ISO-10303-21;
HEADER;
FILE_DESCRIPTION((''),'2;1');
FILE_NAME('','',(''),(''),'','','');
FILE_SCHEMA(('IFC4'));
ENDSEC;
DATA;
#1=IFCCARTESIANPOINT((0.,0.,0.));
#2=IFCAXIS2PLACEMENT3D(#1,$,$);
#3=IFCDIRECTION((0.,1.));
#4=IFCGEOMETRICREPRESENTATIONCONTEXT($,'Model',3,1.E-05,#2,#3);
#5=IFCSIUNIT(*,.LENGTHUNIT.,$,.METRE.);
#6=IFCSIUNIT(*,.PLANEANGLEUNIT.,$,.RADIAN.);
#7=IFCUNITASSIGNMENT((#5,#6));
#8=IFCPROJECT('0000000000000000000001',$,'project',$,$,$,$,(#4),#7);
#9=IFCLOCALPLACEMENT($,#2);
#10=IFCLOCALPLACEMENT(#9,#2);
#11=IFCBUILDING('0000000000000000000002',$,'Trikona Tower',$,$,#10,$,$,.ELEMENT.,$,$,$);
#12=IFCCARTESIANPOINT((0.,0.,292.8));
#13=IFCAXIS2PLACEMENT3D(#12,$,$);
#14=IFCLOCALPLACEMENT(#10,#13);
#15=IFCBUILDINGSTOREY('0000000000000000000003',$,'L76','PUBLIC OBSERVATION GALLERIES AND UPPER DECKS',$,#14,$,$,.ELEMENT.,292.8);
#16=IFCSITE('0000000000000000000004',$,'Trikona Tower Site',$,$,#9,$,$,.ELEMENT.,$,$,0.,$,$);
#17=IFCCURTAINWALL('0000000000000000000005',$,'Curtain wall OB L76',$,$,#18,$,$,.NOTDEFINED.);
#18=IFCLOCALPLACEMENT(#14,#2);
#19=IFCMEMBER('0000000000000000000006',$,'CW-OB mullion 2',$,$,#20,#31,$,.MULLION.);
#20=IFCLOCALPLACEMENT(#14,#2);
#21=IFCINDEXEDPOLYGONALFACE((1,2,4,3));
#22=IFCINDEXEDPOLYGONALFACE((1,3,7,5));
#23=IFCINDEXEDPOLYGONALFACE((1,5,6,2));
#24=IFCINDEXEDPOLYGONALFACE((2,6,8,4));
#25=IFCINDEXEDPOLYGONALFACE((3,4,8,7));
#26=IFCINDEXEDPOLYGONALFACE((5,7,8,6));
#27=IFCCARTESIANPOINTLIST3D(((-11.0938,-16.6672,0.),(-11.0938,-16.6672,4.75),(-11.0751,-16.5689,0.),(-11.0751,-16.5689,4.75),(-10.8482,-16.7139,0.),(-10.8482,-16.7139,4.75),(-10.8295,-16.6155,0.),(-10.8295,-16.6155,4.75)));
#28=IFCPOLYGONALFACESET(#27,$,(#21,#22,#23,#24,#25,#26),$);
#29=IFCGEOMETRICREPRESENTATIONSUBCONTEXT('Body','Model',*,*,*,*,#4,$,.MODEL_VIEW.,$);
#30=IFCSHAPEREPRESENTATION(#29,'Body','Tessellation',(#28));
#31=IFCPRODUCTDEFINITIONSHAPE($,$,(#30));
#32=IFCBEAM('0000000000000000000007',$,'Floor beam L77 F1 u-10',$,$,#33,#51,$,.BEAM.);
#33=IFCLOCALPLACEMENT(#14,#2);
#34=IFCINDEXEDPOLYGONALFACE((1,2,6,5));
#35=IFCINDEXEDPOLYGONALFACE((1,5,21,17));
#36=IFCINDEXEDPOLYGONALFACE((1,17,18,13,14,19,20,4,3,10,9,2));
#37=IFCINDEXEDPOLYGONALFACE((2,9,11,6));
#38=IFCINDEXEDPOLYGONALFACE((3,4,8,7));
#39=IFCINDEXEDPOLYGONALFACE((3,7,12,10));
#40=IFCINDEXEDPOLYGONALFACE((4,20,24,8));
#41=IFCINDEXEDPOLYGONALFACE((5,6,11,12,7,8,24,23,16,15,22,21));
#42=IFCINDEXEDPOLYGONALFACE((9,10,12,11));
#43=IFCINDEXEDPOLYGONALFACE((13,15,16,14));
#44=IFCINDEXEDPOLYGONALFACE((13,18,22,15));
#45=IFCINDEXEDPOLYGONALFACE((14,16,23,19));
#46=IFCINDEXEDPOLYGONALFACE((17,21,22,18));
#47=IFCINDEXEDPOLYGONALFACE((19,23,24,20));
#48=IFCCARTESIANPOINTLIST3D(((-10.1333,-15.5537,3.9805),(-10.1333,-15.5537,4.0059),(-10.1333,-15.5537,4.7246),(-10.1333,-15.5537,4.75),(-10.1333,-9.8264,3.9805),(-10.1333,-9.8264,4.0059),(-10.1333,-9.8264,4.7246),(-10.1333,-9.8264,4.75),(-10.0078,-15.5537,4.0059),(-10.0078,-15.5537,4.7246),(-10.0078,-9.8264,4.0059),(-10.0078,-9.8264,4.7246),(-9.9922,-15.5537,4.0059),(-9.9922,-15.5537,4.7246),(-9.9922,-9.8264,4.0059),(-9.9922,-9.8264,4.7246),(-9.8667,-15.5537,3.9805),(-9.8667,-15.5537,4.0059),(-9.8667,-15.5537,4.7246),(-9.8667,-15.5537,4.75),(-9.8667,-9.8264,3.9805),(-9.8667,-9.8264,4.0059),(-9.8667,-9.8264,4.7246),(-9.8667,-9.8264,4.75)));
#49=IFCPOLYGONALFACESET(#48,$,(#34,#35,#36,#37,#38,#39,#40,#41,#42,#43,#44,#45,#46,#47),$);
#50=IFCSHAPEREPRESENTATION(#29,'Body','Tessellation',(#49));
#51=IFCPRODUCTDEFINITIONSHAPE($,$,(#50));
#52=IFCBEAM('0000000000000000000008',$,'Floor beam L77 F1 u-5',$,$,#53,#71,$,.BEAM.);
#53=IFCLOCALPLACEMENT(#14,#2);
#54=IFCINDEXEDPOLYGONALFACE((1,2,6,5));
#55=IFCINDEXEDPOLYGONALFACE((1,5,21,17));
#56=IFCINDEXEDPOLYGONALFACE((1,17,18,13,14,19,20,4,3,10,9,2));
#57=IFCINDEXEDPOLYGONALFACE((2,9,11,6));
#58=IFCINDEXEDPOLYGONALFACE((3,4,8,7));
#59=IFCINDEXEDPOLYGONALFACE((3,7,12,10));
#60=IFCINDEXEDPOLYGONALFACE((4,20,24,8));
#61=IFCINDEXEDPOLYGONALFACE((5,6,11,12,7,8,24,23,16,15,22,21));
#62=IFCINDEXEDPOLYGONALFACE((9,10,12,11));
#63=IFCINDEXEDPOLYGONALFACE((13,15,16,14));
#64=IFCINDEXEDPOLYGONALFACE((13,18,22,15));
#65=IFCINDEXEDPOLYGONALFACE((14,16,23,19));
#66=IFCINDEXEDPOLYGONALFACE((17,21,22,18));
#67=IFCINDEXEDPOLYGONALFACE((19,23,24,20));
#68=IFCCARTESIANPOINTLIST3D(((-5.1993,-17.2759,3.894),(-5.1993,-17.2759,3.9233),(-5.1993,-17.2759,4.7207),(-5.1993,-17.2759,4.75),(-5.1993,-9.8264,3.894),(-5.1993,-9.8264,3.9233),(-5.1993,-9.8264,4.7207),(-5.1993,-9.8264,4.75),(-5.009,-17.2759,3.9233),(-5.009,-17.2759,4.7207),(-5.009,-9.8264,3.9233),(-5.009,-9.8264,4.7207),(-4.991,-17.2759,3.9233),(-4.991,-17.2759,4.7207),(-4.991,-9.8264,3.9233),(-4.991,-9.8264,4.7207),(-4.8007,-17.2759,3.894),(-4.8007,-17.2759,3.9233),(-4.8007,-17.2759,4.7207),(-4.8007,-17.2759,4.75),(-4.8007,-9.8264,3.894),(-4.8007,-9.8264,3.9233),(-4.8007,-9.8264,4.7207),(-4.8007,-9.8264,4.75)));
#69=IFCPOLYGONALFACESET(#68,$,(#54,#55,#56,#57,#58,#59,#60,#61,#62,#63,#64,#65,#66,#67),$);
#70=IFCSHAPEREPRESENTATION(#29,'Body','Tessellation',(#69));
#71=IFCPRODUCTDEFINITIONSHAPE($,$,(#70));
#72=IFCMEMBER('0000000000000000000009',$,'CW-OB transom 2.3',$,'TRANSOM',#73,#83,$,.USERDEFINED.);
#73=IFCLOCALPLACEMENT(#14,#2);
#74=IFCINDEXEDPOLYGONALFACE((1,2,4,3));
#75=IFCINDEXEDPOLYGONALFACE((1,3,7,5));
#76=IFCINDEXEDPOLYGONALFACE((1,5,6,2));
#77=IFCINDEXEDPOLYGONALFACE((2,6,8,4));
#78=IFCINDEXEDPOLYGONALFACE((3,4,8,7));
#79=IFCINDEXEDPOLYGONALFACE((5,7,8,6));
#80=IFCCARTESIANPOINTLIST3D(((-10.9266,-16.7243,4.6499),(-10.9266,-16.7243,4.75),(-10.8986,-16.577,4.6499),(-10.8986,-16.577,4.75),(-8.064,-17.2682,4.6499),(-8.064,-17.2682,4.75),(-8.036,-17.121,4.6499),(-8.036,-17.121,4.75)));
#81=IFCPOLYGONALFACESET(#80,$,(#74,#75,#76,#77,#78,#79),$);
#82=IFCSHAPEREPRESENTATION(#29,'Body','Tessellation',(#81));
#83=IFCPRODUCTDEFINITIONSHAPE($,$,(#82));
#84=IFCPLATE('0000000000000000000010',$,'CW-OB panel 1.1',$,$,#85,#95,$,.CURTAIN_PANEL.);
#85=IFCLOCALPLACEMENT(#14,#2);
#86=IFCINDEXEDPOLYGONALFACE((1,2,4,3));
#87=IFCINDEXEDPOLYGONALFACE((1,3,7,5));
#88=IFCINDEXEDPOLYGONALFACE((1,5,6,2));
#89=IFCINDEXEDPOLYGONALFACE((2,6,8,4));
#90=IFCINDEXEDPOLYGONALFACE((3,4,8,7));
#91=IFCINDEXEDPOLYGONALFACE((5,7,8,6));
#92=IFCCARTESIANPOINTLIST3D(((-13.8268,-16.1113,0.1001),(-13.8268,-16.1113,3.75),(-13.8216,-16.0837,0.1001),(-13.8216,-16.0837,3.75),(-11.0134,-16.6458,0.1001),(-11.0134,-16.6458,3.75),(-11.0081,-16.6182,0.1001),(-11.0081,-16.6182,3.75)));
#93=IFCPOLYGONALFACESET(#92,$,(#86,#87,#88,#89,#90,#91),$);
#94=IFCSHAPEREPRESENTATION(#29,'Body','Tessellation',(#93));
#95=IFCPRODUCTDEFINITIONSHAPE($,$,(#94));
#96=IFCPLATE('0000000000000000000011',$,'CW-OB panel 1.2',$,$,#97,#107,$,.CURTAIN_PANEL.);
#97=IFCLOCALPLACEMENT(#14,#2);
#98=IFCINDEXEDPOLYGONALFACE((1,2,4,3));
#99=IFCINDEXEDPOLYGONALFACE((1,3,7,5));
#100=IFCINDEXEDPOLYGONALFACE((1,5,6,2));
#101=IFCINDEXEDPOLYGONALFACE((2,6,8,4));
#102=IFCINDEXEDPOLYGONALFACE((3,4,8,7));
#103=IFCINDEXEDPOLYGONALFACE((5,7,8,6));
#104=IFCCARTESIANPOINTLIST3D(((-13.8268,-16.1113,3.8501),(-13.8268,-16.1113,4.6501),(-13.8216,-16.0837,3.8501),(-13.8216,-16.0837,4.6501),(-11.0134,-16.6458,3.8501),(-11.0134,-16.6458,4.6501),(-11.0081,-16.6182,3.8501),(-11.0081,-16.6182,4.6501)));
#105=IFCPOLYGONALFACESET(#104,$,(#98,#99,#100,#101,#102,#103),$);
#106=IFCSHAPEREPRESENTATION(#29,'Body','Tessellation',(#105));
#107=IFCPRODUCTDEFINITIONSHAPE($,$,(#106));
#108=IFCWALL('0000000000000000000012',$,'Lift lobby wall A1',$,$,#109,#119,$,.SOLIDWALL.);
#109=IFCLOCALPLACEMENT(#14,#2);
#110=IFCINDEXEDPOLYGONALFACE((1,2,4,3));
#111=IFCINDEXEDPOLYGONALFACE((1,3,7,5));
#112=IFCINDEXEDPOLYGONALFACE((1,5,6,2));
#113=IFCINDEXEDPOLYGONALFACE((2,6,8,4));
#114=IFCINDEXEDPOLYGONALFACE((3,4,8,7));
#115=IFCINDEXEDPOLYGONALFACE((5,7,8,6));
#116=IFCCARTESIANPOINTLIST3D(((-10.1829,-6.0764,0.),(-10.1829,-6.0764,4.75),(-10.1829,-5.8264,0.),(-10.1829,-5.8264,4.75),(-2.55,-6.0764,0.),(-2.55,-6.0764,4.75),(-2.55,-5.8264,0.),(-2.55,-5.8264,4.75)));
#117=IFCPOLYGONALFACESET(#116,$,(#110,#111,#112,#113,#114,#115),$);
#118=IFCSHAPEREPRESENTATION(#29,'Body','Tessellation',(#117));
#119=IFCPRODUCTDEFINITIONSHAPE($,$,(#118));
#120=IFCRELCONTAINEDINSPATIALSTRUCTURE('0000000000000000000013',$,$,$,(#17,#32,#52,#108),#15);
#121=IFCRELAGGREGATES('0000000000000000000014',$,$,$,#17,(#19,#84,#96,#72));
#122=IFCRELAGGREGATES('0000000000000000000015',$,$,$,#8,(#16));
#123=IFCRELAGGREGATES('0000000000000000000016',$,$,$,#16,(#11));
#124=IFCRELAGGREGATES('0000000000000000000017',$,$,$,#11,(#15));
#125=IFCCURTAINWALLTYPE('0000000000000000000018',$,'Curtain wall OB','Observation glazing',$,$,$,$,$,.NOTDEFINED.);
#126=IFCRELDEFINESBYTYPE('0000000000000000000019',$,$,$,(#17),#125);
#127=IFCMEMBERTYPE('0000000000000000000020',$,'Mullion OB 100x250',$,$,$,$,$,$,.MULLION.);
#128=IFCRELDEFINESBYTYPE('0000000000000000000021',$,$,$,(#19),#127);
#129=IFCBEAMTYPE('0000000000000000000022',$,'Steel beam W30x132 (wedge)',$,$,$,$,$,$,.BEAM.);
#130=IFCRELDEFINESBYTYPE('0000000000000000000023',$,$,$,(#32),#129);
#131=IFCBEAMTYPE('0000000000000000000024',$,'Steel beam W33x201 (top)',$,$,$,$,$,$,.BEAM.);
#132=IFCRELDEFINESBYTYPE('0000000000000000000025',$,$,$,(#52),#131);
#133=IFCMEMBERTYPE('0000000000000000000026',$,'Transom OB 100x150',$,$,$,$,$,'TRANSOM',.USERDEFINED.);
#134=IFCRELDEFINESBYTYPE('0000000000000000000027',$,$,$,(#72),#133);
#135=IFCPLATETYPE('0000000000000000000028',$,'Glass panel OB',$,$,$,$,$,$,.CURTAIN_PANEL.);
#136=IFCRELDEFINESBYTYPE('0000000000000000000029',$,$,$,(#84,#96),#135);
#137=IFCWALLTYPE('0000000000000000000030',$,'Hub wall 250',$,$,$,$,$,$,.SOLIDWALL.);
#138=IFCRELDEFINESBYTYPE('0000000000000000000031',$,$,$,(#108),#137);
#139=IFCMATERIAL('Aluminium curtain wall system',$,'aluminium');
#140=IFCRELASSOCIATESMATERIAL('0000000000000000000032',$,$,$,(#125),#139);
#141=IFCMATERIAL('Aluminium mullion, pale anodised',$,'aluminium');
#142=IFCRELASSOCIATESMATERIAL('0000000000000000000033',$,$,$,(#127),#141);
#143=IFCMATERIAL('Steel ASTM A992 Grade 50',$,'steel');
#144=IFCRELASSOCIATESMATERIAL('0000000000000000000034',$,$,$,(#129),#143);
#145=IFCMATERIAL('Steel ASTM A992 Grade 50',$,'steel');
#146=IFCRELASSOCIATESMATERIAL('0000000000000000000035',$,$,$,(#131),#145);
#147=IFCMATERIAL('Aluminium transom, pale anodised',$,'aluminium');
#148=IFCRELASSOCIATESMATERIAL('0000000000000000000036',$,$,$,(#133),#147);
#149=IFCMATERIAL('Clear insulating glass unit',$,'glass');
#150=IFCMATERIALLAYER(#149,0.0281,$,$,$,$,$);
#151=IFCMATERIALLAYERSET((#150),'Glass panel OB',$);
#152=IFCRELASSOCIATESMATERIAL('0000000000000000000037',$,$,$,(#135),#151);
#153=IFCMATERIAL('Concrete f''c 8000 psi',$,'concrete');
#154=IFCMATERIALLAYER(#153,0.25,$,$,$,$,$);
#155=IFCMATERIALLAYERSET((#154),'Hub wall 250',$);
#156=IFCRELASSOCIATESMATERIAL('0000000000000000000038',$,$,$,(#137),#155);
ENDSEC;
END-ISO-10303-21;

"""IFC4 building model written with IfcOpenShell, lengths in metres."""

from ifc_helpers import new_model, si_unit, direction, frame, frame_2d, origin, origin_2d, place, context, subcontext, project, spatial, rectangle, i_section, extrude, material, layer, layer_set, material_profile, profile_set, type_object, element, aggregate, save


model = new_model("IFC4")

# Units and contexts
model_context = context("Model", 3, precision=1e-05, world=origin(), true_north=direction((0.0, 1.0)))
body_context = subcontext(model_context, "Body", "Model", "MODEL_VIEW")
ifc_project = project(units=[si_unit("LENGTHUNIT", "METRE"), si_unit("PLANEANGLEUNIT", "RADIAN")], contexts=[model_context])

# Site, building, storey
site_placement = place(None, origin())
site = spatial("IfcSite", under=ifc_project, at=site_placement, Name="Trikona Tower Site", CompositionType="ELEMENT", RefElevation=0.0)
building_placement = place(site_placement, origin())
building = spatial("IfcBuilding", under=site, at=building_placement, Name="Trikona Tower", CompositionType="ELEMENT")
storey_placement = place(building_placement, frame((0.0, 0.0, 292.8)))
storey = spatial("IfcBuildingStorey", under=building, at=storey_placement, Name="L76", Description="PUBLIC OBSERVATION GALLERIES AND UPPER DECKS", CompositionType="ELEMENT", Elevation=292.8)

# Curtain wall, member
ifc_material_1 = material(Name="Aluminium curtain wall system", Category="aluminium")
curtain_wall_type = type_object("IfcCurtainWallType", Name="Curtain wall OB", Description="Observation glazing", PredefinedType="NOTDEFINED", material=ifc_material_1)
curtain_wall_placement = place(storey_placement, origin())
curtain_wall = element("IfcCurtainWall", 1, at=curtain_wall_placement, inside=storey, type_object=curtain_wall_type, Name="Curtain wall OB L76", PredefinedType="NOTDEFINED")
ifc_material_2 = material(Name="Aluminium mullion, pale anodised", Category="aluminium")
ifc_material_profile_1 = material_profile(ifc_material_2, rectangle(XDim=0.1001, YDim=0.25, at=origin_2d()), Name="MUL-OB")
ifc_profile_set_1 = profile_set([ifc_material_profile_1], Name="Aluminium mullion, pale anodised")
member_type_1 = type_object("IfcMemberType", Name="Mullion OB 100x250", PredefinedType="MULLION", material=ifc_profile_set_1)
member_1_placement = place(storey_placement, frame((-10.9617, -16.6414, 0.0), z_axis=(0.0, 0.0, 1.0), x_axis=(0.186661, 0.982424, 0.0)))
member_1 = element("IfcMember", 2, at=member_1_placement, type_object=member_type_1, Name="CW-OB mullion 2", PredefinedType="MULLION", context=body_context, shape_type="SweptSolid", body=[
    extrude(rectangle(XDim=0.1001, YDim=0.25, at=origin_2d()), origin(), (0.0, 0.0, 1.0), 4.75),
])

# Beams
ifc_material_3 = material(Name="Steel ASTM A992 Grade 50", Category="steel")
ifc_material_profile_2 = material_profile(ifc_material_3, i_section(OverallWidth=0.2666, OverallDepth=0.7695, WebThickness=0.0156, FlangeThickness=0.0254, at=origin_2d()), Name="W30X132")
ifc_profile_set_2 = profile_set([ifc_material_profile_2], Name="Steel ASTM A992 Grade 50")
beam_type_1 = type_object("IfcBeamType", Name="Steel beam W30x132 (wedge)", PredefinedType="BEAM", material=ifc_profile_set_2)
beam_1_placement = place(storey_placement, frame((-10.0, -9.8264, 4.3652), z_axis=(0.0, -1.0, 0.0), x_axis=(1.0, 0.0, 0.0)))
element("IfcBeam", 3, at=beam_1_placement, inside=storey, type_object=beam_type_1, Name="Floor beam L77 F1 u-10", PredefinedType="BEAM", context=body_context, shape_type="SweptSolid", body=[
    extrude(i_section(OverallWidth=0.2666, OverallDepth=0.7695, WebThickness=0.0156, FlangeThickness=0.0254, at=origin_2d()), origin(), (0.0, 0.0, 1.0), 5.7273),
])
ifc_material_4 = material(Name="Steel ASTM A992 Grade 50", Category="steel")
ifc_material_profile_3 = material_profile(ifc_material_4, i_section(OverallWidth=0.3987, OverallDepth=0.856, WebThickness=0.0181, FlangeThickness=0.0293, at=origin_2d()), Name="W33X201")
ifc_profile_set_3 = profile_set([ifc_material_profile_3], Name="Steel ASTM A992 Grade 50")
beam_type_2 = type_object("IfcBeamType", Name="Steel beam W33x201 (top)", PredefinedType="BEAM", material=ifc_profile_set_3)
beam_2_placement = place(storey_placement, frame((-5.0, -9.8264, 4.322), z_axis=(0.0, -1.0, 0.0), x_axis=(1.0, 0.0, 0.0)))
element("IfcBeam", 4, at=beam_2_placement, inside=storey, type_object=beam_type_2, Name="Floor beam L77 F1 u-5", PredefinedType="BEAM", context=body_context, shape_type="SweptSolid", body=[
    extrude(i_section(OverallWidth=0.3987, OverallDepth=0.856, WebThickness=0.0181, FlangeThickness=0.0293, at=origin_2d()), origin(), (0.0, 0.0, 1.0), 7.4495),
])

# Member
ifc_material_5 = material(Name="Aluminium transom, pale anodised", Category="aluminium")
ifc_material_profile_4 = material_profile(ifc_material_5, rectangle(XDim=0.1499, YDim=0.1001, at=origin_2d()), Name="TRN-OB")
ifc_profile_set_4 = profile_set([ifc_material_profile_4], Name="Aluminium transom, pale anodised")
member_type_2 = type_object("IfcMemberType", Name="Transom OB 100x150", ElementType="TRANSOM", PredefinedType="USERDEFINED", material=ifc_profile_set_4)
member_2_placement = place(storey_placement, frame((-10.9126, -16.6506, 4.7), z_axis=(0.982421, -0.186681, 0.0), x_axis=(0.186681, 0.982421, 0.0)))
member_2 = element("IfcMember", 5, at=member_2_placement, type_object=member_type_2, Name="CW-OB transom 2.3", ObjectType="TRANSOM", PredefinedType="USERDEFINED", context=body_context, shape_type="SweptSolid", body=[
    extrude(rectangle(XDim=0.1499, YDim=0.1001, at=origin_2d()), origin(), (0.0, 0.0, 1.0), 2.9138),
])

# Plates
ifc_material_6 = material(Name="Clear insulating glass unit", Category="glass")
ifc_layer_1 = layer(ifc_material_6, 0.0281)
ifc_layer_set_1 = layer_set([ifc_layer_1], Name="Glass panel OB")
plate_type = type_object("IfcPlateType", Name="Glass panel OB", PredefinedType="CURTAIN_PANEL", material=ifc_layer_set_1)
plate_1_placement = place(storey_placement, frame((-12.4175, -16.3647, 0.1001), z_axis=(0.0, 0.0, 1.0), x_axis=(0.982424, -0.186661, 0.0)))
plate_1 = element("IfcPlate", 6, at=plate_1_placement, type_object=plate_type, Name="CW-OB panel 1.1", PredefinedType="CURTAIN_PANEL", context=body_context, shape_type="SweptSolid", body=[
    extrude(rectangle(XDim=2.8638, YDim=0.0281, at=origin_2d()), origin(), (0.0, 0.0, 1.0), 3.6499),
])
plate_2_placement = place(storey_placement, frame((-12.4175, -16.3647, 3.8501), z_axis=(0.0, 0.0, 1.0), x_axis=(0.982424, -0.186661, 0.0)))
plate_2 = element("IfcPlate", 7, at=plate_2_placement, type_object=plate_type, Name="CW-OB panel 1.2", PredefinedType="CURTAIN_PANEL", context=body_context, shape_type="SweptSolid", body=[
    extrude(rectangle(XDim=2.8638, YDim=0.0281, at=origin_2d()), origin(), (0.0, 0.0, 1.0), 0.8),
])
aggregate(curtain_wall, [member_1, plate_1, plate_2, member_2])

# Wall
ifc_material_7 = material(Name="Concrete f'c 8000 psi", Category="concrete")
ifc_layer_2 = layer(ifc_material_7, 0.25)
ifc_layer_set_2 = layer_set([ifc_layer_2], Name="Hub wall 250")
wall_type_1 = type_object("IfcWallType", Name="Hub wall 250", PredefinedType="SOLIDWALL", material=ifc_layer_set_2)
wall_1_placement = place(storey_placement, frame((-10.1829, -5.9514, 0.0), z_axis=(0.0, 0.0, 1.0), x_axis=(1.0, 0.0, 0.0)))
element("IfcWall", 8, at=wall_1_placement, inside=storey, type_object=wall_type_1, Name="Lift lobby wall A1", PredefinedType="SOLIDWALL", context=body_context, shape_type="SweptSolid", body=[
    extrude(rectangle(XDim=7.6328, YDim=0.25, at=frame_2d((3.8164, 0.0))), origin(), (0.0, 0.0, 1.0), 4.75),
])

save(model, "model.ifc")
